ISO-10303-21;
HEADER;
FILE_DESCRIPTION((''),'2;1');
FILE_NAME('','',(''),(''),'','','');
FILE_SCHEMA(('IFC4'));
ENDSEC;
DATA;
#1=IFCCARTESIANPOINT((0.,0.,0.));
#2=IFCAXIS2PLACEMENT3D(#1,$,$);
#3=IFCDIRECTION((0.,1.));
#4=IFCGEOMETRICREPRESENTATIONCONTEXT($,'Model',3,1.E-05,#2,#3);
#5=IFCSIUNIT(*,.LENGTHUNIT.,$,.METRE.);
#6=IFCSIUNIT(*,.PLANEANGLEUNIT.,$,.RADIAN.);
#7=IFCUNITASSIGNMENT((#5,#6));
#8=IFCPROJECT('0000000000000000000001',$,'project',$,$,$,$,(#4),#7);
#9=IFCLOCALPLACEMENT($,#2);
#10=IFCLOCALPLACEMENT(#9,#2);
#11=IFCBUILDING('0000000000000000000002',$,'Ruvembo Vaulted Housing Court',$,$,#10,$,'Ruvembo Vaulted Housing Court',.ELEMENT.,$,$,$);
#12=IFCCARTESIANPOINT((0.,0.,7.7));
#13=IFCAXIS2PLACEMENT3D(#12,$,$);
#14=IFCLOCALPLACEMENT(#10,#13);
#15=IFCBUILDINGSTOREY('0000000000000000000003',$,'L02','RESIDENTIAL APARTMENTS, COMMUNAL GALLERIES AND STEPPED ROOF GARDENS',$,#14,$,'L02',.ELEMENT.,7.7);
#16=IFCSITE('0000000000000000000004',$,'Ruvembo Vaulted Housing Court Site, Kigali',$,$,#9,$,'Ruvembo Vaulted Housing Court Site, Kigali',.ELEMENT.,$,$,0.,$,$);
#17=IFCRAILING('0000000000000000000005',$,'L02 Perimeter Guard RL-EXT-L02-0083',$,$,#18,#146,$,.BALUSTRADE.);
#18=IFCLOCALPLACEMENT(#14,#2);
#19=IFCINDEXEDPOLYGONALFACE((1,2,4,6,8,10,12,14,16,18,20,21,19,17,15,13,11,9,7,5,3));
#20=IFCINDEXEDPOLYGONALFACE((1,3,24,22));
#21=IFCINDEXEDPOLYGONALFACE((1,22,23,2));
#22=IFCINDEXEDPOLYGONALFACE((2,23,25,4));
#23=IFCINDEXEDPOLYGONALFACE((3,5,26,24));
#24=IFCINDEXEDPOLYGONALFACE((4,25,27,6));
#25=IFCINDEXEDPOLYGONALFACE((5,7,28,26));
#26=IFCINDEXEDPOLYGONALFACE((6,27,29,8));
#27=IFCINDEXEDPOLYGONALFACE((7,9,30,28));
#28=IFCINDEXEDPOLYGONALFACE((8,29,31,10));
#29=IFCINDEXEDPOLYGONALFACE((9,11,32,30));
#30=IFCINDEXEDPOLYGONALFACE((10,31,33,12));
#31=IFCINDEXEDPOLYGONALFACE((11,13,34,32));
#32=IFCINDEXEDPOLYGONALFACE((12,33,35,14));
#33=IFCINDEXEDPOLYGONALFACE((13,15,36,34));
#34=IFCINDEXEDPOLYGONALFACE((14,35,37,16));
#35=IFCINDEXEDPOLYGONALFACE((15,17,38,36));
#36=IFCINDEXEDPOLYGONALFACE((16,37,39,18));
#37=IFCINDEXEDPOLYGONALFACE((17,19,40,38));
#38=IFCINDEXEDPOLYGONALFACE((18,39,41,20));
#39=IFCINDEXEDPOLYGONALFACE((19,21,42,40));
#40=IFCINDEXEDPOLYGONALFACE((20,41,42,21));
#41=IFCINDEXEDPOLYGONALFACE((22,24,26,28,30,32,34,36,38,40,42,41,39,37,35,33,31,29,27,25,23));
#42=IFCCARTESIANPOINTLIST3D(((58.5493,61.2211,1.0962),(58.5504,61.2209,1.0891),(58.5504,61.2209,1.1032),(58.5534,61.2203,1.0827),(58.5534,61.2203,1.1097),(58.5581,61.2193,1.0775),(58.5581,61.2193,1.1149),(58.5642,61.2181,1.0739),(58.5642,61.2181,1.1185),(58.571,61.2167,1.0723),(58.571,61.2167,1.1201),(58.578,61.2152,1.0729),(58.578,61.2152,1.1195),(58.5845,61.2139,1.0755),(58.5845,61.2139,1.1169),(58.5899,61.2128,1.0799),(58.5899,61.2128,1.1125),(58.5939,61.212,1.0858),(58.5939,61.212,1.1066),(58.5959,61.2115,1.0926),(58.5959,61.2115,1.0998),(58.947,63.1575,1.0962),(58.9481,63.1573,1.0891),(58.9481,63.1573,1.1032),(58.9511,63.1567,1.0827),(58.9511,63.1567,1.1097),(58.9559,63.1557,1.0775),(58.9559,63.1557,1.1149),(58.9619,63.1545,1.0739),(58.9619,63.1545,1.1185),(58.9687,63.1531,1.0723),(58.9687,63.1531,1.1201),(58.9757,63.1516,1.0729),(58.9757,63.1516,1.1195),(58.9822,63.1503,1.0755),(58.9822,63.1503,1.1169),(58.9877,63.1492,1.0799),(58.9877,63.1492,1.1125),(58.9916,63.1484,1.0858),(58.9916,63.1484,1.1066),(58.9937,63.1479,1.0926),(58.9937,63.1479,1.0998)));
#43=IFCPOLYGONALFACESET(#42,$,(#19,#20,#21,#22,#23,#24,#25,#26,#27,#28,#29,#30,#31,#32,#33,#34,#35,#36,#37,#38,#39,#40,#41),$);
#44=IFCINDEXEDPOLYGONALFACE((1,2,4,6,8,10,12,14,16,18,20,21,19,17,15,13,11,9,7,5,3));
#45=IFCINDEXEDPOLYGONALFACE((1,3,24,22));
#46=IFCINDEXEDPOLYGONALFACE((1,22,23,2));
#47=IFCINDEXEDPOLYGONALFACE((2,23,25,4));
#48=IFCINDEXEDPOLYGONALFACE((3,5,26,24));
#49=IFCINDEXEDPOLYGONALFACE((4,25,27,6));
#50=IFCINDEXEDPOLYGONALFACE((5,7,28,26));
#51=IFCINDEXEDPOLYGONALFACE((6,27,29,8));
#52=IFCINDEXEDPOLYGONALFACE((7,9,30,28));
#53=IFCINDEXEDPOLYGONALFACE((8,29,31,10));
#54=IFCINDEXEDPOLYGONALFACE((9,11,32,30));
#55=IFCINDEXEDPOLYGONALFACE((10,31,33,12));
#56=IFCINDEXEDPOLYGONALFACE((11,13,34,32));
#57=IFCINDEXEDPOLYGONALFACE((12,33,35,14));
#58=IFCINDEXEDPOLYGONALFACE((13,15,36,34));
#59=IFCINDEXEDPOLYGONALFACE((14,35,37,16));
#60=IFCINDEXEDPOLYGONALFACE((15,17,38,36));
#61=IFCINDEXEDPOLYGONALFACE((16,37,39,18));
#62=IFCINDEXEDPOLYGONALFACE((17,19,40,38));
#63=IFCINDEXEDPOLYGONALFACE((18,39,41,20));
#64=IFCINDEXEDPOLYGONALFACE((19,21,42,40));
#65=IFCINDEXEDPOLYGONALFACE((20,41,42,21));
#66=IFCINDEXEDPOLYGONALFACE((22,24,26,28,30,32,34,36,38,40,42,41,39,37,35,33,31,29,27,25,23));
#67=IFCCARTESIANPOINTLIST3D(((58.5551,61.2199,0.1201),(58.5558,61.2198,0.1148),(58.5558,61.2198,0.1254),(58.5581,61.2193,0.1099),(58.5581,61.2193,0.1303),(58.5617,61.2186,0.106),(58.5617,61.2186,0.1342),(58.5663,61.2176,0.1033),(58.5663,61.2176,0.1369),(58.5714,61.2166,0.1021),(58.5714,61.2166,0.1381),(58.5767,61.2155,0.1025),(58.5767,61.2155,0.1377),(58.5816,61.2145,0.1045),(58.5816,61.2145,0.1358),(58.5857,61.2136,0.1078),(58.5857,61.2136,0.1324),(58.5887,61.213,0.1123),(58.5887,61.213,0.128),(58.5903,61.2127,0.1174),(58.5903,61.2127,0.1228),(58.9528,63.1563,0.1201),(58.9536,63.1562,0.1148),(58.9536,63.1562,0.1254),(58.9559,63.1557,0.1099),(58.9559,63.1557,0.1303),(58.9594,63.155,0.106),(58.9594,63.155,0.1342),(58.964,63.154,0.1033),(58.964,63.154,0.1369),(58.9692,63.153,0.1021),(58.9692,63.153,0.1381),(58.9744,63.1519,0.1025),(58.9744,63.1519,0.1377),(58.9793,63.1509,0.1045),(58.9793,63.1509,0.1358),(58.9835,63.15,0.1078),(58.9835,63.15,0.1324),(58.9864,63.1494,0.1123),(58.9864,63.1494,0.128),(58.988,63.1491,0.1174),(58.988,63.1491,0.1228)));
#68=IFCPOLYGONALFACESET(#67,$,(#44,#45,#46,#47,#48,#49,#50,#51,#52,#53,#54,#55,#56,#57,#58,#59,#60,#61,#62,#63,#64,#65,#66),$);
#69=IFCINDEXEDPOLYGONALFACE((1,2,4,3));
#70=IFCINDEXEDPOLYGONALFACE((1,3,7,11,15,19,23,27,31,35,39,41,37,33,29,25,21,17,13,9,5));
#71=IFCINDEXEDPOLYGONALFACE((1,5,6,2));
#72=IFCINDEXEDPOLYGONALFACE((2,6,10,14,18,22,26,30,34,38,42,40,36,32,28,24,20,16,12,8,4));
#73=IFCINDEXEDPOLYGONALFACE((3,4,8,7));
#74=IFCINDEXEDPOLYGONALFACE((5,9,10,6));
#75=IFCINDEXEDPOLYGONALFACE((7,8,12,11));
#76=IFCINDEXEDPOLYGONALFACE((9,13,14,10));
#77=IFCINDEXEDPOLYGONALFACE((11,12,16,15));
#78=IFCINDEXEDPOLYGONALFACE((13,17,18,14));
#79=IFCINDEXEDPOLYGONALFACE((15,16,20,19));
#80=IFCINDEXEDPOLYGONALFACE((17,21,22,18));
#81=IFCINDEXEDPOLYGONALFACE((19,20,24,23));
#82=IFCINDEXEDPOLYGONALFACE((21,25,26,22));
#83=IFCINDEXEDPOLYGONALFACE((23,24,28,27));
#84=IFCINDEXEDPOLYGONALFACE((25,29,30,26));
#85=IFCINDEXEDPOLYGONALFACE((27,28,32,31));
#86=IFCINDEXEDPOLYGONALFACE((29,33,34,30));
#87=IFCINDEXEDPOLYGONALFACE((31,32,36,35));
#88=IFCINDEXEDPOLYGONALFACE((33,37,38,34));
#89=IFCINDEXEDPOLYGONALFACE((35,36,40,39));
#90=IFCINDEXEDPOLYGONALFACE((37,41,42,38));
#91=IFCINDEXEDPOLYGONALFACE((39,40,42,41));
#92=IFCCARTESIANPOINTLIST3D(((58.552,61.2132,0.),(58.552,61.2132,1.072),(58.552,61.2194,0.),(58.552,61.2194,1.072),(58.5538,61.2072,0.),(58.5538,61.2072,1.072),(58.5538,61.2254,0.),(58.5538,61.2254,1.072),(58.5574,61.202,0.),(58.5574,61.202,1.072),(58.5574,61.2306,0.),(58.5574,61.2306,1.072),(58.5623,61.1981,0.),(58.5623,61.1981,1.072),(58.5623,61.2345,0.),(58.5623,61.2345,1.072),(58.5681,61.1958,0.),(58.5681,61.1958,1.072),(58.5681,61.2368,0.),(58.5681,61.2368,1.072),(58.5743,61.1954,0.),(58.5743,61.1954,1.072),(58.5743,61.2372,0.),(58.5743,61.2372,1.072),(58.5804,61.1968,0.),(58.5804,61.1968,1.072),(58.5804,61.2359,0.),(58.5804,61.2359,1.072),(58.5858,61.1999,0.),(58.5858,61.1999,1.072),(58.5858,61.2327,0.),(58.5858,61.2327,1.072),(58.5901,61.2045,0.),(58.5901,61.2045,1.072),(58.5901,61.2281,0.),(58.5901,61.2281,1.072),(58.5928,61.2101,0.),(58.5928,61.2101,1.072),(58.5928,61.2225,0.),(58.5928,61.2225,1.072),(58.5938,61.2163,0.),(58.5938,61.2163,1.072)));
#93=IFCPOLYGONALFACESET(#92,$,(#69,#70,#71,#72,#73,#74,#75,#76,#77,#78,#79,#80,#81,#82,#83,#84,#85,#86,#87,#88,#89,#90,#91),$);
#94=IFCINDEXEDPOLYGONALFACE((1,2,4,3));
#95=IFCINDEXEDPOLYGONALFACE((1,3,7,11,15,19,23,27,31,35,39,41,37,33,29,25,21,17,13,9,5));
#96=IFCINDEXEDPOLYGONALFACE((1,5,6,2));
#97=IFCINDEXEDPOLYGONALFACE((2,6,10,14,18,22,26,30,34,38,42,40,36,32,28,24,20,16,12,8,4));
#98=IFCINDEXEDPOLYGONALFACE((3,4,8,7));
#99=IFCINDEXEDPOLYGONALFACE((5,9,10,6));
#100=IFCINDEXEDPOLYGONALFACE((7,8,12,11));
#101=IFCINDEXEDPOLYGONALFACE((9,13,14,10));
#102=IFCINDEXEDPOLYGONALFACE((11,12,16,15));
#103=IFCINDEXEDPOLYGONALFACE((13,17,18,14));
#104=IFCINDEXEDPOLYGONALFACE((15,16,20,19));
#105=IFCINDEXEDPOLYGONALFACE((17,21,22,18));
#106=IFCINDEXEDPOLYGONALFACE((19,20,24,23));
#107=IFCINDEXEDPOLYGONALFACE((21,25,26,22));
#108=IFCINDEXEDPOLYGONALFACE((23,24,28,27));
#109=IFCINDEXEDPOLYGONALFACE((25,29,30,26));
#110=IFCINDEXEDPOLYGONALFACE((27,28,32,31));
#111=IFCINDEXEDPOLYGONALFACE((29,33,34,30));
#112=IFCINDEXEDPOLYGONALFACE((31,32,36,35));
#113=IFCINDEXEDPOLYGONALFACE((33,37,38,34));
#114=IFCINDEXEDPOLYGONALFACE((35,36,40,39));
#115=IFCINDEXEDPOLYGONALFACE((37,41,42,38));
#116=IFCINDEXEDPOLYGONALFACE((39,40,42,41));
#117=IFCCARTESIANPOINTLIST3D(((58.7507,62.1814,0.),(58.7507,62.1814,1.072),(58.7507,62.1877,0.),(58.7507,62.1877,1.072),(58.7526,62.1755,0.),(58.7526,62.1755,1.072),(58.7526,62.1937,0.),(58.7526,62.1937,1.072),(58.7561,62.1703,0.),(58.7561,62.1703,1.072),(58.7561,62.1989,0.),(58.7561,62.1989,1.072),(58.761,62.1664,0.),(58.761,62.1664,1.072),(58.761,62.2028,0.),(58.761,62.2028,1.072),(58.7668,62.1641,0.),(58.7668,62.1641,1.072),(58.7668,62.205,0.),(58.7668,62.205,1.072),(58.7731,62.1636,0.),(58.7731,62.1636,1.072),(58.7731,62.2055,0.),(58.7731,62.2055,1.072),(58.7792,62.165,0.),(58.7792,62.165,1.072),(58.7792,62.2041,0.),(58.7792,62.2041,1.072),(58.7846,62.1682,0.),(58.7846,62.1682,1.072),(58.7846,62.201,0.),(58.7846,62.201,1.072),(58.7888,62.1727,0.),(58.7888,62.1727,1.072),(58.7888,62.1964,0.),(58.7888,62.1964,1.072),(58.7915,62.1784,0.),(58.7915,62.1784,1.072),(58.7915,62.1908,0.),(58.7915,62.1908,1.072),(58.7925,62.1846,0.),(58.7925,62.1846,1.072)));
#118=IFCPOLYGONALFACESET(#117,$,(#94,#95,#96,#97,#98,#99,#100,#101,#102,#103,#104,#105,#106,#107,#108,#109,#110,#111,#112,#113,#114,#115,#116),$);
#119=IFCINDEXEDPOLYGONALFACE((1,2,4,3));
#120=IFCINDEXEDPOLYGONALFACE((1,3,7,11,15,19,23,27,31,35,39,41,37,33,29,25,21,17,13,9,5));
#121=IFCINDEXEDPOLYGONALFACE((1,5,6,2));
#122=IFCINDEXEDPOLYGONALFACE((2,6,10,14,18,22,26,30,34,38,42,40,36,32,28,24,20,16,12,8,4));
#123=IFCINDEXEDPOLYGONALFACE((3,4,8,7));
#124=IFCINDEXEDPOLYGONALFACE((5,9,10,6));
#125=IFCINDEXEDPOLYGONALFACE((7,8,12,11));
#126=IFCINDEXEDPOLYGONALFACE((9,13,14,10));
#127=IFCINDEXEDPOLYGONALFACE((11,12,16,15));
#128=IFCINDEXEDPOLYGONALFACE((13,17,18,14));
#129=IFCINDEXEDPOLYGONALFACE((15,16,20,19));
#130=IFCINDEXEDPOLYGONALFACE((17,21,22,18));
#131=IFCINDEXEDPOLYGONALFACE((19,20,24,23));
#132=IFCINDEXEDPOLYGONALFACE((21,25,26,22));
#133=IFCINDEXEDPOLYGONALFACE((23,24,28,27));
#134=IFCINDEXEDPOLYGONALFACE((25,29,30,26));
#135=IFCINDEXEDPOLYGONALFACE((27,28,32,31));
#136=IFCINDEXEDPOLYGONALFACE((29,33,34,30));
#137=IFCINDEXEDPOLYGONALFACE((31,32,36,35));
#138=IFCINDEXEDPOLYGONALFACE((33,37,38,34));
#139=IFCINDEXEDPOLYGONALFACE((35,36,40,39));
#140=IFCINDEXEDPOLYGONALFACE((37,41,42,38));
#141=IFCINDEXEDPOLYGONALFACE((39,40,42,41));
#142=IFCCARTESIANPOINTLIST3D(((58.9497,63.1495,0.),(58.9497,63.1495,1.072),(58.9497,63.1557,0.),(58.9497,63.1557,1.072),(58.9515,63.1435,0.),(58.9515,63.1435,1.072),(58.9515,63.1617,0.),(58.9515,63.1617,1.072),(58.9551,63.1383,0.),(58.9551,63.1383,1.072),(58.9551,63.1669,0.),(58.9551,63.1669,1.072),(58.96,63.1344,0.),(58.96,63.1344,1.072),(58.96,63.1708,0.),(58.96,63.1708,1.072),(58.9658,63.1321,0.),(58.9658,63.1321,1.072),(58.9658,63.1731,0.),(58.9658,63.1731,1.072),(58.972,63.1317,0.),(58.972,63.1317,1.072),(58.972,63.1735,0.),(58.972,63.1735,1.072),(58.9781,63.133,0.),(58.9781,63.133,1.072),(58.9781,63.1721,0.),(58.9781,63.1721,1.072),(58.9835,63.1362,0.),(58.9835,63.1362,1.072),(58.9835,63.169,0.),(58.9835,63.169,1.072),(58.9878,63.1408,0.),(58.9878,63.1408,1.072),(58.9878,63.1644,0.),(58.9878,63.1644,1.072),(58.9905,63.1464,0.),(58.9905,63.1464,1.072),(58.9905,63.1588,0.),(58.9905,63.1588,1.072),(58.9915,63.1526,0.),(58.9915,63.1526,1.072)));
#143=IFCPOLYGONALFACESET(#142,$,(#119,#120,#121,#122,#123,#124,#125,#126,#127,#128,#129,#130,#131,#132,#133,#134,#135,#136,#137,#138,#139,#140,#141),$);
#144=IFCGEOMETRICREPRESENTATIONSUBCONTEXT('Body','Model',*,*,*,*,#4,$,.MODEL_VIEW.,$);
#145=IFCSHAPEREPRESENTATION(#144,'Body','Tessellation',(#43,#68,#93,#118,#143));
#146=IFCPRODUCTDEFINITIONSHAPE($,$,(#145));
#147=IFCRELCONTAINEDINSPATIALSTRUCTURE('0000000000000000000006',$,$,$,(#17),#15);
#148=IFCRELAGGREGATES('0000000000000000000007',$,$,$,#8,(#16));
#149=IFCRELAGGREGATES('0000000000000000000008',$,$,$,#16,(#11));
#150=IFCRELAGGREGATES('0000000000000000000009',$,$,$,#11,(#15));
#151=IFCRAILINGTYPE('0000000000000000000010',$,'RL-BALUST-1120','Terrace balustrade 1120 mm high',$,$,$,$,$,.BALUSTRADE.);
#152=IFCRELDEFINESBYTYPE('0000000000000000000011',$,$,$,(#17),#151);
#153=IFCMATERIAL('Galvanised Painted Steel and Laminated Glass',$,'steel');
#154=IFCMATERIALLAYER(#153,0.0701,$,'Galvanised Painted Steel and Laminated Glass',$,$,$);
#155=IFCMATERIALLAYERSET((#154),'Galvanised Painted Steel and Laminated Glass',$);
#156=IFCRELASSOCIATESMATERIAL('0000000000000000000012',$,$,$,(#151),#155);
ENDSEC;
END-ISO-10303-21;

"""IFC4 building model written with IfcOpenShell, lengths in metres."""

from ifc_helpers import new_model, si_unit, direction, frame, origin, origin_2d, place, context, subcontext, project, spatial, circle, extrude, material, layer, layer_set, type_object, element, save


model = new_model("IFC4")

# Units and contexts
model_context = context("Model", 3, precision=1e-05, world=origin(), true_north=direction((0.0, 1.0)))
body_context = subcontext(model_context, "Body", "Model", "MODEL_VIEW")
ifc_project = project(units=[si_unit("LENGTHUNIT", "METRE"), si_unit("PLANEANGLEUNIT", "RADIAN")], contexts=[model_context])

# Site, building, storey
site_placement = place(None, origin())
site = spatial("IfcSite", under=ifc_project, at=site_placement, Name="Ruvembo Vaulted Housing Court Site, Kigali", LongName="Ruvembo Vaulted Housing Court Site, Kigali", CompositionType="ELEMENT", RefElevation=0.0)
building_placement = place(site_placement, origin())
building = spatial("IfcBuilding", under=site, at=building_placement, Name="Ruvembo Vaulted Housing Court", LongName="Ruvembo Vaulted Housing Court", CompositionType="ELEMENT")
storey_placement = place(building_placement, frame((0.0, 0.0, 7.7)))
storey = spatial("IfcBuildingStorey", under=building, at=storey_placement, Name="L02", Description="RESIDENTIAL APARTMENTS, COMMUNAL GALLERIES AND STEPPED ROOF GARDENS", LongName="L02", CompositionType="ELEMENT", Elevation=7.7)

# Railing
ifc_material_1 = material(Name="Galvanised Painted Steel and Laminated Glass", Category="steel")
ifc_layer_1 = layer(ifc_material_1, 0.0701, Name="Galvanised Painted Steel and Laminated Glass")
ifc_layer_set_1 = layer_set([ifc_layer_1], Name="Galvanised Painted Steel and Laminated Glass")
railing_type = type_object("IfcRailingType", Name="RL-BALUST-1120", Description="Terrace balustrade 1120 mm high", PredefinedType="BALUSTRADE", material=ifc_layer_set_1)
railing_1_placement = place(storey_placement, frame((58.5728, 61.2163, 0.0)))
element("IfcRailing", 1, at=railing_1_placement, inside=storey, type_object=railing_type, Name="L02 Perimeter Guard RL-EXT-L02-0083", PredefinedType="BALUSTRADE", context=body_context, shape_type="SweptSolid", body=[
    extrude(circle(Radius=0.0239, at=origin_2d()), frame((0.0, 0.0, 1.0962), z_axis=(0.201196, 0.979551, 0.0), x_axis=(-0.979551, 0.201196, 0.0)), (0.0, 0.0, 1.0), 1.9768),
    extrude(circle(Radius=0.0181, at=origin_2d()), frame((0.0, 0.0, 0.1201), z_axis=(0.201196, 0.979551, 0.0), x_axis=(-0.979551, 0.201196, 0.0)), (0.0, 0.0, 1.0), 1.9768),
    extrude(circle(Radius=0.021, at=origin_2d()), origin(), (0.0, 0.0, 1.0), 1.072),
    extrude(circle(Radius=0.021, at=origin_2d()), frame((0.1987, 0.9683, 0.0)), (0.0, 0.0, 1.0), 1.072),
    extrude(circle(Radius=0.021, at=origin_2d()), frame((0.3977, 1.9363, 0.0)), (0.0, 0.0, 1.0), 1.072),
])

save(model, "model.ifc")
